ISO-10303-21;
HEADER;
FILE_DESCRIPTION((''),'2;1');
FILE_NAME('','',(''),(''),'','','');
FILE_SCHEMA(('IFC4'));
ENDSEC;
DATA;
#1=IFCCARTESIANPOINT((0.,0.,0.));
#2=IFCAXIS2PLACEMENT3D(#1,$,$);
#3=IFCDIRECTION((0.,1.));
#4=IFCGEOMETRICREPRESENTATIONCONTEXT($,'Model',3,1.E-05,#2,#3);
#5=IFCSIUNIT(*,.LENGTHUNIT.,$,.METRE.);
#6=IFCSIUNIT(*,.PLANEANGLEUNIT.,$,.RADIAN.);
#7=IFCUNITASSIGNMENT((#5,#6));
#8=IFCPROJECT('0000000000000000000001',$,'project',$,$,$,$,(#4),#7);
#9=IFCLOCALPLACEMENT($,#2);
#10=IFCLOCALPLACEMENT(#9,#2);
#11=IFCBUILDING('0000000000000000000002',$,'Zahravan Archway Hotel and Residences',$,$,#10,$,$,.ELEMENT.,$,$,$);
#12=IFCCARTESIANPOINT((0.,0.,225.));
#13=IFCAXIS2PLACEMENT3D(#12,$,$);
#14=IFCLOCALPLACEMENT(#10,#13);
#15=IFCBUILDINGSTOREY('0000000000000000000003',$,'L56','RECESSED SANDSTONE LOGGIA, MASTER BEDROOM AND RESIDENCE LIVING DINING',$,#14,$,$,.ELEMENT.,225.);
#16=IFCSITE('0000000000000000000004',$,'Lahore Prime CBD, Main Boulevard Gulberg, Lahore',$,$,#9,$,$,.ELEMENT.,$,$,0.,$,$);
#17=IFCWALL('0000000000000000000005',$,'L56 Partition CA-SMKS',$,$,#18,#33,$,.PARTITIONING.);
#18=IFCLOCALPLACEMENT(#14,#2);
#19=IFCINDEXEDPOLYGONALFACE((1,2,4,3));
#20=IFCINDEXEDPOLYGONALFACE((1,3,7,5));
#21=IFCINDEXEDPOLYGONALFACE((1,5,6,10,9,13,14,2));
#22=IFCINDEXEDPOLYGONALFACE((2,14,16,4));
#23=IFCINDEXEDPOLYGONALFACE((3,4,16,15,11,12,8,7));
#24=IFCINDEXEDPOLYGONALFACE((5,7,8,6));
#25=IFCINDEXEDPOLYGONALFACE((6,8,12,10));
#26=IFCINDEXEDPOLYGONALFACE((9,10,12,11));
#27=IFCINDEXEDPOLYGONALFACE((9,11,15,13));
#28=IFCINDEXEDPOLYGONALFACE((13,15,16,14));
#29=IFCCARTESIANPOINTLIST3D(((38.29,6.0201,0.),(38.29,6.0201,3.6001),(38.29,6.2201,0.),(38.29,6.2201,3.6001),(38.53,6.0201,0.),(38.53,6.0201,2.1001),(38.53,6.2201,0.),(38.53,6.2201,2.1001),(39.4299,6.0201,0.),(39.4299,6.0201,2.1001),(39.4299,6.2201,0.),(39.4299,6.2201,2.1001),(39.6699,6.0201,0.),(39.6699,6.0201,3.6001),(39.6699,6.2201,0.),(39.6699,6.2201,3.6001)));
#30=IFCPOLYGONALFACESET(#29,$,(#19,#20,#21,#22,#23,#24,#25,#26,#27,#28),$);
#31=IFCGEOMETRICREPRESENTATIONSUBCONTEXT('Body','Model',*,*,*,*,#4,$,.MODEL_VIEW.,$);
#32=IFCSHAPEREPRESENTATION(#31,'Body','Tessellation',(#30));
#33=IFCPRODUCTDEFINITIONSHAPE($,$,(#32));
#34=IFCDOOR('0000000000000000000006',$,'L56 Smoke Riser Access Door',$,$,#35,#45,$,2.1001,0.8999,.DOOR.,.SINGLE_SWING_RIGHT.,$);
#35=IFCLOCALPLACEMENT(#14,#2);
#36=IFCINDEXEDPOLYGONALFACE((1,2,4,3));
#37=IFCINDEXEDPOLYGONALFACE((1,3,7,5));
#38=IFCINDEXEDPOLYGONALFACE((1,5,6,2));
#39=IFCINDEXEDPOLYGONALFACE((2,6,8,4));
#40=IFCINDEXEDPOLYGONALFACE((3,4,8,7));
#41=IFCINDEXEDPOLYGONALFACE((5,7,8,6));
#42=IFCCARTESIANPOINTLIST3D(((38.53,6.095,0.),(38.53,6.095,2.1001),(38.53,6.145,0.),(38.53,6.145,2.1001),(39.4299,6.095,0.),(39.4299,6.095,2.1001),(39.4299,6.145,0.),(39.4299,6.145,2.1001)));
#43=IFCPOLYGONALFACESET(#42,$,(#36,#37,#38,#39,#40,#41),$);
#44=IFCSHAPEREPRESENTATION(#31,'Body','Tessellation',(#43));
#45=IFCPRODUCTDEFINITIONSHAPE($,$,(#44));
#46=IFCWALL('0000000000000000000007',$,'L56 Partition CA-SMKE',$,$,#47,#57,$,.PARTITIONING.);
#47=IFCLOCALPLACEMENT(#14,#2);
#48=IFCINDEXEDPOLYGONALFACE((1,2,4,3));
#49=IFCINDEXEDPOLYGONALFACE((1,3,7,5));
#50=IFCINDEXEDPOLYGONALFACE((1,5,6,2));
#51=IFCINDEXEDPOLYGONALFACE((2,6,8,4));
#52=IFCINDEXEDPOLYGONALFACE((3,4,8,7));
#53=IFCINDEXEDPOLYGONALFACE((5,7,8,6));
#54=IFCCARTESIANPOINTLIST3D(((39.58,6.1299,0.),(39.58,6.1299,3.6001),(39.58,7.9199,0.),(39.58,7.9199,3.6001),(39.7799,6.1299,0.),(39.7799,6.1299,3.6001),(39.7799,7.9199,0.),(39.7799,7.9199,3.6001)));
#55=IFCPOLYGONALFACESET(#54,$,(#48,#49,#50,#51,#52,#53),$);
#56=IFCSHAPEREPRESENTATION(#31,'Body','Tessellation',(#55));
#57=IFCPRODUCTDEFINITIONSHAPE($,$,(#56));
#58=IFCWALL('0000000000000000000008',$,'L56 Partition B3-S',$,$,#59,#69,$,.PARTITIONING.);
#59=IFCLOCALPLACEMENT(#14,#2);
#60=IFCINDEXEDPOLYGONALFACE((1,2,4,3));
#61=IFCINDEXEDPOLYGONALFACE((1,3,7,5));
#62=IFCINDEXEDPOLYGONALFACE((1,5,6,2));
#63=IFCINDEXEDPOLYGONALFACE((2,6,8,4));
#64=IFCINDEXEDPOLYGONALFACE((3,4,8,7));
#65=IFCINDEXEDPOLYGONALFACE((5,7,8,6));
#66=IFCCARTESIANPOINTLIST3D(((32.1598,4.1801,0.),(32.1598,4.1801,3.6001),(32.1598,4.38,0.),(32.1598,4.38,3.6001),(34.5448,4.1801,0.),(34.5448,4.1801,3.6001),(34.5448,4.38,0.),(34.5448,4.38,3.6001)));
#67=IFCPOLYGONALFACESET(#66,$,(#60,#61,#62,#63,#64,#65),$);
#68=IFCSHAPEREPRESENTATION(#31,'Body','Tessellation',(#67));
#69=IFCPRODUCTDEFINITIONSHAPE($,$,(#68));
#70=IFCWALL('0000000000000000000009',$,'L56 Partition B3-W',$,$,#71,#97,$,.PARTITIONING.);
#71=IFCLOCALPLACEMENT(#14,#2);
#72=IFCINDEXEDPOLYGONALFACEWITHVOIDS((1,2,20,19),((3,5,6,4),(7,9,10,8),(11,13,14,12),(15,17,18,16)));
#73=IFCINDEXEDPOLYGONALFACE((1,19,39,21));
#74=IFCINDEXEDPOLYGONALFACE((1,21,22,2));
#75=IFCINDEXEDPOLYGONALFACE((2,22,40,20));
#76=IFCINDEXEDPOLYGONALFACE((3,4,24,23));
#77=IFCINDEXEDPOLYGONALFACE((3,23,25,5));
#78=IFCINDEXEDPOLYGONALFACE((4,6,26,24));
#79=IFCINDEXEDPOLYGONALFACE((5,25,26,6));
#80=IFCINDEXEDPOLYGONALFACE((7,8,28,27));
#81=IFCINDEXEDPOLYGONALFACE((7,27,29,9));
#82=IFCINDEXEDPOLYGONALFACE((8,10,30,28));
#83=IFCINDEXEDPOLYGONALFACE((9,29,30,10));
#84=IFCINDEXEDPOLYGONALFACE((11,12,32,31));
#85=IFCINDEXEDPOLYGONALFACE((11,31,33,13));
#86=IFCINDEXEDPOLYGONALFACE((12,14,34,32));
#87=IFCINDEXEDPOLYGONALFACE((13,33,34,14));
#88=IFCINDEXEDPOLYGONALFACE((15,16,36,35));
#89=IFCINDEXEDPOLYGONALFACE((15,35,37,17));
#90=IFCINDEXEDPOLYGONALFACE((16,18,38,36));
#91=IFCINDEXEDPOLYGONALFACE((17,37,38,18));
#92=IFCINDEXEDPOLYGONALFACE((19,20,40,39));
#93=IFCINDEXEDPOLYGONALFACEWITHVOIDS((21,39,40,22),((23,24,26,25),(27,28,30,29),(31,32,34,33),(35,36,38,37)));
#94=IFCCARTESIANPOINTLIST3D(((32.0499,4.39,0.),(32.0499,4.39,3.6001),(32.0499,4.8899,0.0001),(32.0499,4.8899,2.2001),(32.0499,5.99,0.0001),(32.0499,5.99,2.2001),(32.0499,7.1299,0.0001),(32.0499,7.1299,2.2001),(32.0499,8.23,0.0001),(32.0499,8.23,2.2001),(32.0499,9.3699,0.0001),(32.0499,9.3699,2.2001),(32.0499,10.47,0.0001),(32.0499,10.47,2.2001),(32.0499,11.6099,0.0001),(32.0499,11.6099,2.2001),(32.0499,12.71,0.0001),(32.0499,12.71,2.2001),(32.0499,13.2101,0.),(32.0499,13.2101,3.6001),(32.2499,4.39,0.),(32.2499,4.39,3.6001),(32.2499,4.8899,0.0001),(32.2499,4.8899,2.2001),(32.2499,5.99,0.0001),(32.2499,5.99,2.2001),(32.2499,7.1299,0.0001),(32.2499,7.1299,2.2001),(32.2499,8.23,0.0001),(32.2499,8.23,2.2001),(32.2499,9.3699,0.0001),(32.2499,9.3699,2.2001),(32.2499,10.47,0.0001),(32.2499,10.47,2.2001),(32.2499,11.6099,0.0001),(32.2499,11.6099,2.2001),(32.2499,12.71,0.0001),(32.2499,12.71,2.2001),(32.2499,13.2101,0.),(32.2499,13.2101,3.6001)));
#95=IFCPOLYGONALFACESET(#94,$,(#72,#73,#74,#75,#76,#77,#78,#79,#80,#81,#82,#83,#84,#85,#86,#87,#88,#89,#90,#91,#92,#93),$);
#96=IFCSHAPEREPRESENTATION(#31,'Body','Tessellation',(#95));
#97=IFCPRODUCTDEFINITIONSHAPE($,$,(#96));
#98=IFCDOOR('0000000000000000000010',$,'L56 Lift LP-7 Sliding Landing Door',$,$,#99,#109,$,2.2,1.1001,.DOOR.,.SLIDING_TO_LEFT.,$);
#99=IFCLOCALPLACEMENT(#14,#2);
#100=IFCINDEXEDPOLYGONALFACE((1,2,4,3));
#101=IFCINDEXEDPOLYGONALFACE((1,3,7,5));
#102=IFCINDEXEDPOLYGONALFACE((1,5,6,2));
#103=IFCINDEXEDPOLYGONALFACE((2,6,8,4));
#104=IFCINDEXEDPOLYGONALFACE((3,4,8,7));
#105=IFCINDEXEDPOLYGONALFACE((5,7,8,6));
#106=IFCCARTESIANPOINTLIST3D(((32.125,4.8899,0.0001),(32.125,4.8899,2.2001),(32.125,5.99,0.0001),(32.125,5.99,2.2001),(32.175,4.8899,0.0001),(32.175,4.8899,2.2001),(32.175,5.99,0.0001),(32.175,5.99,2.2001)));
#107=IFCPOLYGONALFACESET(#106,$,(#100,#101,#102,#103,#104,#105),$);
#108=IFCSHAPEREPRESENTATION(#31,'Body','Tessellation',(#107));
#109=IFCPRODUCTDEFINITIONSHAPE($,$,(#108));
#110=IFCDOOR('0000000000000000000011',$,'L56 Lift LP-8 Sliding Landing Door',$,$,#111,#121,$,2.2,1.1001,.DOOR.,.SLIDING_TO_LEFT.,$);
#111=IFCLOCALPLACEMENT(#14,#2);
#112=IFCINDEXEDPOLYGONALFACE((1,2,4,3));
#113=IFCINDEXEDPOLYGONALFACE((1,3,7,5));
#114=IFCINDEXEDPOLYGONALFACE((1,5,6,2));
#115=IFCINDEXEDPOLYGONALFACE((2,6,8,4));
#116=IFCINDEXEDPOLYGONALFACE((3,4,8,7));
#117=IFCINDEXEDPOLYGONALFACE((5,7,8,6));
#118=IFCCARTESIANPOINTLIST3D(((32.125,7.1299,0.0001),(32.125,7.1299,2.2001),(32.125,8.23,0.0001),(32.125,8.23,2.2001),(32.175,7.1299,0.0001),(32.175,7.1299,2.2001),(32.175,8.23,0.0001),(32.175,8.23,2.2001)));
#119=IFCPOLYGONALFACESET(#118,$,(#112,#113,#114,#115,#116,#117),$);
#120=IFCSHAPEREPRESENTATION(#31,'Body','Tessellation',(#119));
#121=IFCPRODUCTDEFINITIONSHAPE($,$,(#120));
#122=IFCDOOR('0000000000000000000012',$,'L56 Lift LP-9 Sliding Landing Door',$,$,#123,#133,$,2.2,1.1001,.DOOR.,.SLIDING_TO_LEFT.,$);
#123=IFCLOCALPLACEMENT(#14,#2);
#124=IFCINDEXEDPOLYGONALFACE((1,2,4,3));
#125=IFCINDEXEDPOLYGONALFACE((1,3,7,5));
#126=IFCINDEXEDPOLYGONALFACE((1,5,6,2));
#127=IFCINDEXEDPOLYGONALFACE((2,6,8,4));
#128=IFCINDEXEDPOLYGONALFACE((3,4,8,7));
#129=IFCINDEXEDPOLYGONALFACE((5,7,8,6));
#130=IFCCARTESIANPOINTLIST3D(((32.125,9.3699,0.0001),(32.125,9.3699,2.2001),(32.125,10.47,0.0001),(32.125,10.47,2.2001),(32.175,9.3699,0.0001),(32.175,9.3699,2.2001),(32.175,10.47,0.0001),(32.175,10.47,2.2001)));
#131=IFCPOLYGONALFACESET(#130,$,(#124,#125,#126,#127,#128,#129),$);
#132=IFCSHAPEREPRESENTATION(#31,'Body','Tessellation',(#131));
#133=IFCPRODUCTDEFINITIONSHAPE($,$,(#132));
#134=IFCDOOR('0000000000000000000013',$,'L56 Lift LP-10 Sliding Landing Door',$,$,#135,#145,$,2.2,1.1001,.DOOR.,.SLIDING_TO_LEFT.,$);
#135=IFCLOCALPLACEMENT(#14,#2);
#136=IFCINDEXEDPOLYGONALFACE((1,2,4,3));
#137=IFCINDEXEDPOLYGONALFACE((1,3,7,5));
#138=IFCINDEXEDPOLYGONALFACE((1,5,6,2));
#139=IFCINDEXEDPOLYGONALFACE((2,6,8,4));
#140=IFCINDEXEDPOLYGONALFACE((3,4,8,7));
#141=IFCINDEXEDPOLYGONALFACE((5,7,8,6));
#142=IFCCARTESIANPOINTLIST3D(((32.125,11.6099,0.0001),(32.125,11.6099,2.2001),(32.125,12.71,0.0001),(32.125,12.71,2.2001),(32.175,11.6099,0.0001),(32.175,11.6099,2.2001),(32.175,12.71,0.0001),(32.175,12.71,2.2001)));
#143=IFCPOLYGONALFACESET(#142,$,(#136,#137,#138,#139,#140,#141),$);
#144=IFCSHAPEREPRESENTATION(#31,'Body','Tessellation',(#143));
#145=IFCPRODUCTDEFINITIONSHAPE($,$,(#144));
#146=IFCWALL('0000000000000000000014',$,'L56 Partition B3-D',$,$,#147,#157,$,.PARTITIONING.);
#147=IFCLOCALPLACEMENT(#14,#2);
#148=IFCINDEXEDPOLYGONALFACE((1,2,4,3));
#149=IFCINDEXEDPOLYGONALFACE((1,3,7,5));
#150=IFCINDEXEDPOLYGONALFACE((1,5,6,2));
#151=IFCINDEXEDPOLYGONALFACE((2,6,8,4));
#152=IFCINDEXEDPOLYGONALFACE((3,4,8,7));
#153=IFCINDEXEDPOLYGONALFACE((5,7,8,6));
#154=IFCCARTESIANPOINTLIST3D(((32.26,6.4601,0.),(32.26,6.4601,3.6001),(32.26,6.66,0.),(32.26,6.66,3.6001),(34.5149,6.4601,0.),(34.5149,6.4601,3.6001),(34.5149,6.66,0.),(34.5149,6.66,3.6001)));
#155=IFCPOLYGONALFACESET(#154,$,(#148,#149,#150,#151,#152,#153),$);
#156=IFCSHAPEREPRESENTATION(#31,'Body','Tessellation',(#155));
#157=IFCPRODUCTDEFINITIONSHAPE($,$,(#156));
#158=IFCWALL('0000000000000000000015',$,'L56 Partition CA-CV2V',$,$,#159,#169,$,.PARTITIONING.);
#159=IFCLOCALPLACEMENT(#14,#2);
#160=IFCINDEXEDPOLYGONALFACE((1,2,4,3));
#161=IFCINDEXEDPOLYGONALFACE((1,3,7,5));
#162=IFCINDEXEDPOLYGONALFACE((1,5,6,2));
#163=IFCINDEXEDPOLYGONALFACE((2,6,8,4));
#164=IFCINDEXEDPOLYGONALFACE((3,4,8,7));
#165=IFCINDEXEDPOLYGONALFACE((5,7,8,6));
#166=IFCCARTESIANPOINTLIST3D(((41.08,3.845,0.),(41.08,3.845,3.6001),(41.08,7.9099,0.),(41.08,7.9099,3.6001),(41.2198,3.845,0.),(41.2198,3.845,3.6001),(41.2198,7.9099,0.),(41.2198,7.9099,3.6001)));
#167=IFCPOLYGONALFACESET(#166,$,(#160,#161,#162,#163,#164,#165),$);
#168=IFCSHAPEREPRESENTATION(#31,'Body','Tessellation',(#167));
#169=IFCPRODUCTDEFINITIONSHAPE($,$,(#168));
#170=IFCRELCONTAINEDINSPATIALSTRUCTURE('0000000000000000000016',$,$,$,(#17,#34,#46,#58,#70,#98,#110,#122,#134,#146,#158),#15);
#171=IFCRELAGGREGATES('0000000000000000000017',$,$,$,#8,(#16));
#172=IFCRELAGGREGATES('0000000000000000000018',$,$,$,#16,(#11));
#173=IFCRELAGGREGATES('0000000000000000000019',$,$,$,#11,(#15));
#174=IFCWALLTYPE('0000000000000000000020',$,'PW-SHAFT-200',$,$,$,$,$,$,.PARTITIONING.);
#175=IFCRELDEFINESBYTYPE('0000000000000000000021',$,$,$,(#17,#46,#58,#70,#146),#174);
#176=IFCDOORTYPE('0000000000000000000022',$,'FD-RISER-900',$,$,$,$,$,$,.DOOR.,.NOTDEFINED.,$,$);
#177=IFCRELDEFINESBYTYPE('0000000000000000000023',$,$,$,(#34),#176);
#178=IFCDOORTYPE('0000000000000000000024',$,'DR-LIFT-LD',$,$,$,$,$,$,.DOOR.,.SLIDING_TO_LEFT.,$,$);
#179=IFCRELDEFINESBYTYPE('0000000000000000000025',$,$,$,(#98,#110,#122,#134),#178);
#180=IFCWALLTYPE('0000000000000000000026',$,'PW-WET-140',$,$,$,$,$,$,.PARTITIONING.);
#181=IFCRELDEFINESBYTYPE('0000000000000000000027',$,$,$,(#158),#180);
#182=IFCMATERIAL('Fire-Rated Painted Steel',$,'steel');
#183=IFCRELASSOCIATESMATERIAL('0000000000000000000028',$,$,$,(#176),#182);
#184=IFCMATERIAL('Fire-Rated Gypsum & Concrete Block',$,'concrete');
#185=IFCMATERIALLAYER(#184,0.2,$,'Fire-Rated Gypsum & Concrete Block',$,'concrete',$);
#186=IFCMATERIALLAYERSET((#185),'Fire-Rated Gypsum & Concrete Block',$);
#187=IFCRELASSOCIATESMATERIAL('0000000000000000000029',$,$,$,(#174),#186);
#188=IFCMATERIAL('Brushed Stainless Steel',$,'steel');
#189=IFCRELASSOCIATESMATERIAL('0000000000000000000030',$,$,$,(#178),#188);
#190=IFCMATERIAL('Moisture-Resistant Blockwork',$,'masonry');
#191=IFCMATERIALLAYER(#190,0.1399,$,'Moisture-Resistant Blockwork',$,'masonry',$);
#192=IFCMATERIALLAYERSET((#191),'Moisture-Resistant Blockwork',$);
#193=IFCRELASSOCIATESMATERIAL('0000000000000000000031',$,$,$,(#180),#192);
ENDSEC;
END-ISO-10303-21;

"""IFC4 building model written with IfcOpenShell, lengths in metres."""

from ifc_helpers import new_model, si_unit, direction, frame, frame_2d, origin, place, context, subcontext, project, spatial, rectangle, extrude, source, transform, mapped, material, layer, layer_set, type_object, type_shapes, element, fill, save


model = new_model("IFC4")

# Units and contexts
model_context = context("Model", 3, precision=1e-05, world=origin(), true_north=direction((0.0, 1.0)))
body_context = subcontext(model_context, "Body", "Model", "MODEL_VIEW")
ifc_project = project(units=[si_unit("LENGTHUNIT", "METRE"), si_unit("PLANEANGLEUNIT", "RADIAN")], contexts=[model_context])

# Site, building, storey
site_placement = place(None, origin())
site = spatial("IfcSite", under=ifc_project, at=site_placement, Name="Lahore Prime CBD, Main Boulevard Gulberg, Lahore", CompositionType="ELEMENT", RefElevation=0.0)
building_placement = place(site_placement, origin())
building = spatial("IfcBuilding", under=site, at=building_placement, Name="Zahravan Archway Hotel and Residences", CompositionType="ELEMENT")
storey_placement = place(building_placement, frame((0.0, 0.0, 225.0)))
storey = spatial("IfcBuildingStorey", under=building, at=storey_placement, Name="L56", Description="RECESSED SANDSTONE LOGGIA, MASTER BEDROOM AND RESIDENCE LIVING DINING", CompositionType="ELEMENT", Elevation=225.0)

# Shared definitions
ifc_material_1 = material(Name="Fire-Rated Painted Steel", Category="steel")
door_type_1 = type_object("IfcDoorType", Name="FD-RISER-900", OperationType="NOTDEFINED", PredefinedType="DOOR", material=ifc_material_1)
shared_shape_1 = source(origin(), body_context, "Body", "SweptSolid", [
    extrude(rectangle(XDim=0.8999, YDim=2.1001, at=frame_2d((0.45, 1.05))), frame((0.0, 0.0249, 0.0), z_axis=(0.0, -1.0, 0.0), x_axis=(1.0, 0.0, 0.0)), (0.0, 0.0, 1.0), 0.05),
])
type_shapes(door_type_1, [shared_shape_1])

# Wall, opening, door
ifc_material_2 = material(Name="Fire-Rated Gypsum & Concrete Block", Category="concrete")
ifc_layer_1 = layer(ifc_material_2, 0.2, Name="Fire-Rated Gypsum & Concrete Block", Category="concrete")
ifc_layer_set_1 = layer_set([ifc_layer_1], Name="Fire-Rated Gypsum & Concrete Block")
wall_type_1 = type_object("IfcWallType", Name="PW-SHAFT-200", PredefinedType="PARTITIONING", material=ifc_layer_set_1)
wall_1_placement = place(storey_placement, frame((38.29, 6.1201, 0.0), z_axis=(0.0, 0.0, 1.0), x_axis=(1.0, 0.0, 0.0)))
wall_1 = element("IfcWall", 1, at=wall_1_placement, inside=storey, type_object=wall_type_1, Name="L56 Partition CA-SMKS", PredefinedType="PARTITIONING", context=body_context, shape_type="SweptSolid", body=[
    extrude(rectangle(XDim=1.3799, YDim=0.2, at=frame_2d((0.6899, 0.0))), origin(), (0.0, 0.0, 1.0), 3.6001),
])
opening_1_placement = place(wall_1_placement, frame((0.24, 0.0, 0.0)))
opening_1 = element("IfcOpeningElement", 2, at=opening_1_placement, cuts=wall_1, PredefinedType="OPENING", context=body_context, shape_type="SweptSolid", body=[
    extrude(rectangle(XDim=0.8999, YDim=2.1001, at=frame_2d((0.45, 1.05))), frame((0.0, 0.1099, 0.0), z_axis=(0.0, -1.0, 0.0), x_axis=(1.0, 0.0, 0.0)), (0.0, 0.0, 1.0), 0.22),
])
door_1_placement = place(opening_1_placement, origin())
door_1 = element("IfcDoor", 3, at=door_1_placement, inside=storey, type_object=door_type_1, Name="L56 Smoke Riser Access Door", OperationType="SINGLE_SWING_RIGHT", OverallHeight=2.1001, OverallWidth=0.8999, PredefinedType="DOOR", context=body_context, shape_type="MappedRepresentation", body=[
    mapped(shared_shape_1, transform((0.0, 0.0, 0.0), scale=1.0)),
])
fill(opening_1, door_1)

# Walls
wall_2_placement = place(storey_placement, frame((39.6799, 6.1299, 0.0), z_axis=(0.0, 0.0, 1.0), x_axis=(0.0, 1.0, 0.0)))
element("IfcWall", 4, at=wall_2_placement, inside=storey, type_object=wall_type_1, Name="L56 Partition CA-SMKE", PredefinedType="PARTITIONING", context=body_context, shape_type="SweptSolid", body=[
    extrude(rectangle(XDim=1.79, YDim=0.2, at=frame_2d((0.895, 0.0))), origin(), (0.0, 0.0, 1.0), 3.6001),
])
wall_3_placement = place(storey_placement, frame((32.1599, 4.28, 0.0), z_axis=(0.0, 0.0, 1.0), x_axis=(1.0, 0.0, 0.0)))
element("IfcWall", 5, at=wall_3_placement, inside=storey, type_object=wall_type_1, Name="L56 Partition B3-S", PredefinedType="PARTITIONING", context=body_context, shape_type="SweptSolid", body=[
    extrude(rectangle(XDim=2.385, YDim=0.2, at=frame_2d((1.1924, 0.0))), origin(), (0.0, 0.0, 1.0), 3.6001),
])

# Wall, openings, doors
wall_4_placement = place(storey_placement, frame((32.1499, 4.3899, 0.0), z_axis=(0.0, 0.0, 1.0), x_axis=(0.0, 1.0, 0.0)))
wall_4 = element("IfcWall", 6, at=wall_4_placement, inside=storey, type_object=wall_type_1, Name="L56 Partition B3-W", PredefinedType="PARTITIONING", context=body_context, shape_type="SweptSolid", body=[
    extrude(rectangle(XDim=8.8201, YDim=0.2, at=frame_2d((4.4102, 0.0))), origin(), (0.0, 0.0, 1.0), 3.6001),
])
opening_2_placement = place(wall_4_placement, frame((0.5, 0.0, 0.0)))
opening_2 = element("IfcOpeningElement", 7, at=opening_2_placement, cuts=wall_4, PredefinedType="OPENING", context=body_context, shape_type="SweptSolid", body=[
    extrude(rectangle(XDim=1.1001, YDim=2.2, at=frame_2d((0.55, 1.1001))), frame((0.0, 0.1099, 0.0), z_axis=(0.0, -1.0, 0.0), x_axis=(1.0, 0.0, 0.0)), (0.0, 0.0, 1.0), 0.22),
])
opening_3_placement = place(wall_4_placement, frame((2.74, 0.0, 0.0)))
opening_3 = element("IfcOpeningElement", 8, at=opening_3_placement, cuts=wall_4, PredefinedType="OPENING", context=body_context, shape_type="SweptSolid", body=[
    extrude(rectangle(XDim=1.1001, YDim=2.2, at=frame_2d((0.55, 1.1001))), frame((0.0, 0.1099, 0.0), z_axis=(0.0, -1.0, 0.0), x_axis=(1.0, 0.0, 0.0)), (0.0, 0.0, 1.0), 0.22),
])
opening_4_placement = place(wall_4_placement, frame((4.98, 0.0, 0.0)))
opening_4 = element("IfcOpeningElement", 9, at=opening_4_placement, cuts=wall_4, PredefinedType="OPENING", context=body_context, shape_type="SweptSolid", body=[
    extrude(rectangle(XDim=1.1001, YDim=2.2, at=frame_2d((0.55, 1.1001))), frame((0.0, 0.1099, 0.0), z_axis=(0.0, -1.0, 0.0), x_axis=(1.0, 0.0, 0.0)), (0.0, 0.0, 1.0), 0.22),
])
opening_5_placement = place(wall_4_placement, frame((7.22, 0.0, 0.0)))
opening_5 = element("IfcOpeningElement", 10, at=opening_5_placement, cuts=wall_4, PredefinedType="OPENING", context=body_context, shape_type="SweptSolid", body=[
    extrude(rectangle(XDim=1.1001, YDim=2.2, at=frame_2d((0.55, 1.1001))), frame((0.0, 0.1099, 0.0), z_axis=(0.0, -1.0, 0.0), x_axis=(1.0, 0.0, 0.0)), (0.0, 0.0, 1.0), 0.22),
])
ifc_material_3 = material(Name="Brushed Stainless Steel", Category="steel")
door_type_2 = type_object("IfcDoorType", Name="DR-LIFT-LD", OperationType="SLIDING_TO_LEFT", PredefinedType="DOOR", material=ifc_material_3)
shared_shape_2 = source(origin(), body_context, "Body", "SweptSolid", [
    extrude(rectangle(XDim=1.1001, YDim=2.2, at=frame_2d((0.55, 1.1001))), frame((0.0, 0.0249, 0.0), z_axis=(0.0, -1.0, 0.0), x_axis=(1.0, 0.0, 0.0)), (0.0, 0.0, 1.0), 0.05),
])
type_shapes(door_type_2, [shared_shape_2])
door_2_placement = place(opening_2_placement, origin())
door_2 = element("IfcDoor", 11, at=door_2_placement, inside=storey, type_object=door_type_2, Name="L56 Lift LP-7 Sliding Landing Door", OperationType="SLIDING_TO_LEFT", OverallHeight=2.2, OverallWidth=1.1001, PredefinedType="DOOR", context=body_context, shape_type="MappedRepresentation", body=[
    mapped(shared_shape_2, transform((0.0, 0.0, 0.0), scale=1.0)),
])
fill(opening_2, door_2)
door_3_placement = place(opening_3_placement, origin())
door_3 = element("IfcDoor", 12, at=door_3_placement, inside=storey, type_object=door_type_2, Name="L56 Lift LP-8 Sliding Landing Door", OperationType="SLIDING_TO_LEFT", OverallHeight=2.2, OverallWidth=1.1001, PredefinedType="DOOR", context=body_context, shape_type="MappedRepresentation", body=[
    mapped(shared_shape_2, transform((0.0, 0.0, 0.0), scale=1.0)),
])
fill(opening_3, door_3)
door_4_placement = place(opening_4_placement, origin())
door_4 = element("IfcDoor", 13, at=door_4_placement, inside=storey, type_object=door_type_2, Name="L56 Lift LP-9 Sliding Landing Door", OperationType="SLIDING_TO_LEFT", OverallHeight=2.2, OverallWidth=1.1001, PredefinedType="DOOR", context=body_context, shape_type="MappedRepresentation", body=[
    mapped(shared_shape_2, transform((0.0, 0.0, 0.0), scale=1.0)),
])
fill(opening_4, door_4)
door_5_placement = place(opening_5_placement, origin())
door_5 = element("IfcDoor", 14, at=door_5_placement, inside=storey, type_object=door_type_2, Name="L56 Lift LP-10 Sliding Landing Door", OperationType="SLIDING_TO_LEFT", OverallHeight=2.2, OverallWidth=1.1001, PredefinedType="DOOR", context=body_context, shape_type="MappedRepresentation", body=[
    mapped(shared_shape_2, transform((0.0, 0.0, 0.0), scale=1.0)),
])
fill(opening_5, door_5)

# Walls
wall_5_placement = place(storey_placement, frame((32.26, 6.5601, 0.0), z_axis=(0.0, 0.0, 1.0), x_axis=(1.0, 0.0, 0.0)))
element("IfcWall", 15, at=wall_5_placement, inside=storey, type_object=wall_type_1, Name="L56 Partition B3-D", PredefinedType="PARTITIONING", context=body_context, shape_type="SweptSolid", body=[
    extrude(rectangle(XDim=2.2549, YDim=0.2, at=frame_2d((1.1274, 0.0))), origin(), (0.0, 0.0, 1.0), 3.6001),
])
ifc_material_4 = material(Name="Moisture-Resistant Blockwork", Category="masonry")
ifc_layer_2 = layer(ifc_material_4, 0.1399, Name="Moisture-Resistant Blockwork", Category="masonry")
ifc_layer_set_2 = layer_set([ifc_layer_2], Name="Moisture-Resistant Blockwork")
wall_type_2 = type_object("IfcWallType", Name="PW-WET-140", PredefinedType="PARTITIONING", material=ifc_layer_set_2)
wall_6_placement = place(storey_placement, frame((41.1499, 3.845, 0.0), z_axis=(0.0, 0.0, 1.0), x_axis=(0.0, 1.0, 0.0)))
element("IfcWall", 16, at=wall_6_placement, inside=storey, type_object=wall_type_2, Name="L56 Partition CA-CV2V", PredefinedType="PARTITIONING", context=body_context, shape_type="SweptSolid", body=[
    extrude(rectangle(XDim=4.0649, YDim=0.1399, at=frame_2d((2.0325, 0.0))), origin(), (0.0, 0.0, 1.0), 3.6001),
])

save(model, "model.ifc")
